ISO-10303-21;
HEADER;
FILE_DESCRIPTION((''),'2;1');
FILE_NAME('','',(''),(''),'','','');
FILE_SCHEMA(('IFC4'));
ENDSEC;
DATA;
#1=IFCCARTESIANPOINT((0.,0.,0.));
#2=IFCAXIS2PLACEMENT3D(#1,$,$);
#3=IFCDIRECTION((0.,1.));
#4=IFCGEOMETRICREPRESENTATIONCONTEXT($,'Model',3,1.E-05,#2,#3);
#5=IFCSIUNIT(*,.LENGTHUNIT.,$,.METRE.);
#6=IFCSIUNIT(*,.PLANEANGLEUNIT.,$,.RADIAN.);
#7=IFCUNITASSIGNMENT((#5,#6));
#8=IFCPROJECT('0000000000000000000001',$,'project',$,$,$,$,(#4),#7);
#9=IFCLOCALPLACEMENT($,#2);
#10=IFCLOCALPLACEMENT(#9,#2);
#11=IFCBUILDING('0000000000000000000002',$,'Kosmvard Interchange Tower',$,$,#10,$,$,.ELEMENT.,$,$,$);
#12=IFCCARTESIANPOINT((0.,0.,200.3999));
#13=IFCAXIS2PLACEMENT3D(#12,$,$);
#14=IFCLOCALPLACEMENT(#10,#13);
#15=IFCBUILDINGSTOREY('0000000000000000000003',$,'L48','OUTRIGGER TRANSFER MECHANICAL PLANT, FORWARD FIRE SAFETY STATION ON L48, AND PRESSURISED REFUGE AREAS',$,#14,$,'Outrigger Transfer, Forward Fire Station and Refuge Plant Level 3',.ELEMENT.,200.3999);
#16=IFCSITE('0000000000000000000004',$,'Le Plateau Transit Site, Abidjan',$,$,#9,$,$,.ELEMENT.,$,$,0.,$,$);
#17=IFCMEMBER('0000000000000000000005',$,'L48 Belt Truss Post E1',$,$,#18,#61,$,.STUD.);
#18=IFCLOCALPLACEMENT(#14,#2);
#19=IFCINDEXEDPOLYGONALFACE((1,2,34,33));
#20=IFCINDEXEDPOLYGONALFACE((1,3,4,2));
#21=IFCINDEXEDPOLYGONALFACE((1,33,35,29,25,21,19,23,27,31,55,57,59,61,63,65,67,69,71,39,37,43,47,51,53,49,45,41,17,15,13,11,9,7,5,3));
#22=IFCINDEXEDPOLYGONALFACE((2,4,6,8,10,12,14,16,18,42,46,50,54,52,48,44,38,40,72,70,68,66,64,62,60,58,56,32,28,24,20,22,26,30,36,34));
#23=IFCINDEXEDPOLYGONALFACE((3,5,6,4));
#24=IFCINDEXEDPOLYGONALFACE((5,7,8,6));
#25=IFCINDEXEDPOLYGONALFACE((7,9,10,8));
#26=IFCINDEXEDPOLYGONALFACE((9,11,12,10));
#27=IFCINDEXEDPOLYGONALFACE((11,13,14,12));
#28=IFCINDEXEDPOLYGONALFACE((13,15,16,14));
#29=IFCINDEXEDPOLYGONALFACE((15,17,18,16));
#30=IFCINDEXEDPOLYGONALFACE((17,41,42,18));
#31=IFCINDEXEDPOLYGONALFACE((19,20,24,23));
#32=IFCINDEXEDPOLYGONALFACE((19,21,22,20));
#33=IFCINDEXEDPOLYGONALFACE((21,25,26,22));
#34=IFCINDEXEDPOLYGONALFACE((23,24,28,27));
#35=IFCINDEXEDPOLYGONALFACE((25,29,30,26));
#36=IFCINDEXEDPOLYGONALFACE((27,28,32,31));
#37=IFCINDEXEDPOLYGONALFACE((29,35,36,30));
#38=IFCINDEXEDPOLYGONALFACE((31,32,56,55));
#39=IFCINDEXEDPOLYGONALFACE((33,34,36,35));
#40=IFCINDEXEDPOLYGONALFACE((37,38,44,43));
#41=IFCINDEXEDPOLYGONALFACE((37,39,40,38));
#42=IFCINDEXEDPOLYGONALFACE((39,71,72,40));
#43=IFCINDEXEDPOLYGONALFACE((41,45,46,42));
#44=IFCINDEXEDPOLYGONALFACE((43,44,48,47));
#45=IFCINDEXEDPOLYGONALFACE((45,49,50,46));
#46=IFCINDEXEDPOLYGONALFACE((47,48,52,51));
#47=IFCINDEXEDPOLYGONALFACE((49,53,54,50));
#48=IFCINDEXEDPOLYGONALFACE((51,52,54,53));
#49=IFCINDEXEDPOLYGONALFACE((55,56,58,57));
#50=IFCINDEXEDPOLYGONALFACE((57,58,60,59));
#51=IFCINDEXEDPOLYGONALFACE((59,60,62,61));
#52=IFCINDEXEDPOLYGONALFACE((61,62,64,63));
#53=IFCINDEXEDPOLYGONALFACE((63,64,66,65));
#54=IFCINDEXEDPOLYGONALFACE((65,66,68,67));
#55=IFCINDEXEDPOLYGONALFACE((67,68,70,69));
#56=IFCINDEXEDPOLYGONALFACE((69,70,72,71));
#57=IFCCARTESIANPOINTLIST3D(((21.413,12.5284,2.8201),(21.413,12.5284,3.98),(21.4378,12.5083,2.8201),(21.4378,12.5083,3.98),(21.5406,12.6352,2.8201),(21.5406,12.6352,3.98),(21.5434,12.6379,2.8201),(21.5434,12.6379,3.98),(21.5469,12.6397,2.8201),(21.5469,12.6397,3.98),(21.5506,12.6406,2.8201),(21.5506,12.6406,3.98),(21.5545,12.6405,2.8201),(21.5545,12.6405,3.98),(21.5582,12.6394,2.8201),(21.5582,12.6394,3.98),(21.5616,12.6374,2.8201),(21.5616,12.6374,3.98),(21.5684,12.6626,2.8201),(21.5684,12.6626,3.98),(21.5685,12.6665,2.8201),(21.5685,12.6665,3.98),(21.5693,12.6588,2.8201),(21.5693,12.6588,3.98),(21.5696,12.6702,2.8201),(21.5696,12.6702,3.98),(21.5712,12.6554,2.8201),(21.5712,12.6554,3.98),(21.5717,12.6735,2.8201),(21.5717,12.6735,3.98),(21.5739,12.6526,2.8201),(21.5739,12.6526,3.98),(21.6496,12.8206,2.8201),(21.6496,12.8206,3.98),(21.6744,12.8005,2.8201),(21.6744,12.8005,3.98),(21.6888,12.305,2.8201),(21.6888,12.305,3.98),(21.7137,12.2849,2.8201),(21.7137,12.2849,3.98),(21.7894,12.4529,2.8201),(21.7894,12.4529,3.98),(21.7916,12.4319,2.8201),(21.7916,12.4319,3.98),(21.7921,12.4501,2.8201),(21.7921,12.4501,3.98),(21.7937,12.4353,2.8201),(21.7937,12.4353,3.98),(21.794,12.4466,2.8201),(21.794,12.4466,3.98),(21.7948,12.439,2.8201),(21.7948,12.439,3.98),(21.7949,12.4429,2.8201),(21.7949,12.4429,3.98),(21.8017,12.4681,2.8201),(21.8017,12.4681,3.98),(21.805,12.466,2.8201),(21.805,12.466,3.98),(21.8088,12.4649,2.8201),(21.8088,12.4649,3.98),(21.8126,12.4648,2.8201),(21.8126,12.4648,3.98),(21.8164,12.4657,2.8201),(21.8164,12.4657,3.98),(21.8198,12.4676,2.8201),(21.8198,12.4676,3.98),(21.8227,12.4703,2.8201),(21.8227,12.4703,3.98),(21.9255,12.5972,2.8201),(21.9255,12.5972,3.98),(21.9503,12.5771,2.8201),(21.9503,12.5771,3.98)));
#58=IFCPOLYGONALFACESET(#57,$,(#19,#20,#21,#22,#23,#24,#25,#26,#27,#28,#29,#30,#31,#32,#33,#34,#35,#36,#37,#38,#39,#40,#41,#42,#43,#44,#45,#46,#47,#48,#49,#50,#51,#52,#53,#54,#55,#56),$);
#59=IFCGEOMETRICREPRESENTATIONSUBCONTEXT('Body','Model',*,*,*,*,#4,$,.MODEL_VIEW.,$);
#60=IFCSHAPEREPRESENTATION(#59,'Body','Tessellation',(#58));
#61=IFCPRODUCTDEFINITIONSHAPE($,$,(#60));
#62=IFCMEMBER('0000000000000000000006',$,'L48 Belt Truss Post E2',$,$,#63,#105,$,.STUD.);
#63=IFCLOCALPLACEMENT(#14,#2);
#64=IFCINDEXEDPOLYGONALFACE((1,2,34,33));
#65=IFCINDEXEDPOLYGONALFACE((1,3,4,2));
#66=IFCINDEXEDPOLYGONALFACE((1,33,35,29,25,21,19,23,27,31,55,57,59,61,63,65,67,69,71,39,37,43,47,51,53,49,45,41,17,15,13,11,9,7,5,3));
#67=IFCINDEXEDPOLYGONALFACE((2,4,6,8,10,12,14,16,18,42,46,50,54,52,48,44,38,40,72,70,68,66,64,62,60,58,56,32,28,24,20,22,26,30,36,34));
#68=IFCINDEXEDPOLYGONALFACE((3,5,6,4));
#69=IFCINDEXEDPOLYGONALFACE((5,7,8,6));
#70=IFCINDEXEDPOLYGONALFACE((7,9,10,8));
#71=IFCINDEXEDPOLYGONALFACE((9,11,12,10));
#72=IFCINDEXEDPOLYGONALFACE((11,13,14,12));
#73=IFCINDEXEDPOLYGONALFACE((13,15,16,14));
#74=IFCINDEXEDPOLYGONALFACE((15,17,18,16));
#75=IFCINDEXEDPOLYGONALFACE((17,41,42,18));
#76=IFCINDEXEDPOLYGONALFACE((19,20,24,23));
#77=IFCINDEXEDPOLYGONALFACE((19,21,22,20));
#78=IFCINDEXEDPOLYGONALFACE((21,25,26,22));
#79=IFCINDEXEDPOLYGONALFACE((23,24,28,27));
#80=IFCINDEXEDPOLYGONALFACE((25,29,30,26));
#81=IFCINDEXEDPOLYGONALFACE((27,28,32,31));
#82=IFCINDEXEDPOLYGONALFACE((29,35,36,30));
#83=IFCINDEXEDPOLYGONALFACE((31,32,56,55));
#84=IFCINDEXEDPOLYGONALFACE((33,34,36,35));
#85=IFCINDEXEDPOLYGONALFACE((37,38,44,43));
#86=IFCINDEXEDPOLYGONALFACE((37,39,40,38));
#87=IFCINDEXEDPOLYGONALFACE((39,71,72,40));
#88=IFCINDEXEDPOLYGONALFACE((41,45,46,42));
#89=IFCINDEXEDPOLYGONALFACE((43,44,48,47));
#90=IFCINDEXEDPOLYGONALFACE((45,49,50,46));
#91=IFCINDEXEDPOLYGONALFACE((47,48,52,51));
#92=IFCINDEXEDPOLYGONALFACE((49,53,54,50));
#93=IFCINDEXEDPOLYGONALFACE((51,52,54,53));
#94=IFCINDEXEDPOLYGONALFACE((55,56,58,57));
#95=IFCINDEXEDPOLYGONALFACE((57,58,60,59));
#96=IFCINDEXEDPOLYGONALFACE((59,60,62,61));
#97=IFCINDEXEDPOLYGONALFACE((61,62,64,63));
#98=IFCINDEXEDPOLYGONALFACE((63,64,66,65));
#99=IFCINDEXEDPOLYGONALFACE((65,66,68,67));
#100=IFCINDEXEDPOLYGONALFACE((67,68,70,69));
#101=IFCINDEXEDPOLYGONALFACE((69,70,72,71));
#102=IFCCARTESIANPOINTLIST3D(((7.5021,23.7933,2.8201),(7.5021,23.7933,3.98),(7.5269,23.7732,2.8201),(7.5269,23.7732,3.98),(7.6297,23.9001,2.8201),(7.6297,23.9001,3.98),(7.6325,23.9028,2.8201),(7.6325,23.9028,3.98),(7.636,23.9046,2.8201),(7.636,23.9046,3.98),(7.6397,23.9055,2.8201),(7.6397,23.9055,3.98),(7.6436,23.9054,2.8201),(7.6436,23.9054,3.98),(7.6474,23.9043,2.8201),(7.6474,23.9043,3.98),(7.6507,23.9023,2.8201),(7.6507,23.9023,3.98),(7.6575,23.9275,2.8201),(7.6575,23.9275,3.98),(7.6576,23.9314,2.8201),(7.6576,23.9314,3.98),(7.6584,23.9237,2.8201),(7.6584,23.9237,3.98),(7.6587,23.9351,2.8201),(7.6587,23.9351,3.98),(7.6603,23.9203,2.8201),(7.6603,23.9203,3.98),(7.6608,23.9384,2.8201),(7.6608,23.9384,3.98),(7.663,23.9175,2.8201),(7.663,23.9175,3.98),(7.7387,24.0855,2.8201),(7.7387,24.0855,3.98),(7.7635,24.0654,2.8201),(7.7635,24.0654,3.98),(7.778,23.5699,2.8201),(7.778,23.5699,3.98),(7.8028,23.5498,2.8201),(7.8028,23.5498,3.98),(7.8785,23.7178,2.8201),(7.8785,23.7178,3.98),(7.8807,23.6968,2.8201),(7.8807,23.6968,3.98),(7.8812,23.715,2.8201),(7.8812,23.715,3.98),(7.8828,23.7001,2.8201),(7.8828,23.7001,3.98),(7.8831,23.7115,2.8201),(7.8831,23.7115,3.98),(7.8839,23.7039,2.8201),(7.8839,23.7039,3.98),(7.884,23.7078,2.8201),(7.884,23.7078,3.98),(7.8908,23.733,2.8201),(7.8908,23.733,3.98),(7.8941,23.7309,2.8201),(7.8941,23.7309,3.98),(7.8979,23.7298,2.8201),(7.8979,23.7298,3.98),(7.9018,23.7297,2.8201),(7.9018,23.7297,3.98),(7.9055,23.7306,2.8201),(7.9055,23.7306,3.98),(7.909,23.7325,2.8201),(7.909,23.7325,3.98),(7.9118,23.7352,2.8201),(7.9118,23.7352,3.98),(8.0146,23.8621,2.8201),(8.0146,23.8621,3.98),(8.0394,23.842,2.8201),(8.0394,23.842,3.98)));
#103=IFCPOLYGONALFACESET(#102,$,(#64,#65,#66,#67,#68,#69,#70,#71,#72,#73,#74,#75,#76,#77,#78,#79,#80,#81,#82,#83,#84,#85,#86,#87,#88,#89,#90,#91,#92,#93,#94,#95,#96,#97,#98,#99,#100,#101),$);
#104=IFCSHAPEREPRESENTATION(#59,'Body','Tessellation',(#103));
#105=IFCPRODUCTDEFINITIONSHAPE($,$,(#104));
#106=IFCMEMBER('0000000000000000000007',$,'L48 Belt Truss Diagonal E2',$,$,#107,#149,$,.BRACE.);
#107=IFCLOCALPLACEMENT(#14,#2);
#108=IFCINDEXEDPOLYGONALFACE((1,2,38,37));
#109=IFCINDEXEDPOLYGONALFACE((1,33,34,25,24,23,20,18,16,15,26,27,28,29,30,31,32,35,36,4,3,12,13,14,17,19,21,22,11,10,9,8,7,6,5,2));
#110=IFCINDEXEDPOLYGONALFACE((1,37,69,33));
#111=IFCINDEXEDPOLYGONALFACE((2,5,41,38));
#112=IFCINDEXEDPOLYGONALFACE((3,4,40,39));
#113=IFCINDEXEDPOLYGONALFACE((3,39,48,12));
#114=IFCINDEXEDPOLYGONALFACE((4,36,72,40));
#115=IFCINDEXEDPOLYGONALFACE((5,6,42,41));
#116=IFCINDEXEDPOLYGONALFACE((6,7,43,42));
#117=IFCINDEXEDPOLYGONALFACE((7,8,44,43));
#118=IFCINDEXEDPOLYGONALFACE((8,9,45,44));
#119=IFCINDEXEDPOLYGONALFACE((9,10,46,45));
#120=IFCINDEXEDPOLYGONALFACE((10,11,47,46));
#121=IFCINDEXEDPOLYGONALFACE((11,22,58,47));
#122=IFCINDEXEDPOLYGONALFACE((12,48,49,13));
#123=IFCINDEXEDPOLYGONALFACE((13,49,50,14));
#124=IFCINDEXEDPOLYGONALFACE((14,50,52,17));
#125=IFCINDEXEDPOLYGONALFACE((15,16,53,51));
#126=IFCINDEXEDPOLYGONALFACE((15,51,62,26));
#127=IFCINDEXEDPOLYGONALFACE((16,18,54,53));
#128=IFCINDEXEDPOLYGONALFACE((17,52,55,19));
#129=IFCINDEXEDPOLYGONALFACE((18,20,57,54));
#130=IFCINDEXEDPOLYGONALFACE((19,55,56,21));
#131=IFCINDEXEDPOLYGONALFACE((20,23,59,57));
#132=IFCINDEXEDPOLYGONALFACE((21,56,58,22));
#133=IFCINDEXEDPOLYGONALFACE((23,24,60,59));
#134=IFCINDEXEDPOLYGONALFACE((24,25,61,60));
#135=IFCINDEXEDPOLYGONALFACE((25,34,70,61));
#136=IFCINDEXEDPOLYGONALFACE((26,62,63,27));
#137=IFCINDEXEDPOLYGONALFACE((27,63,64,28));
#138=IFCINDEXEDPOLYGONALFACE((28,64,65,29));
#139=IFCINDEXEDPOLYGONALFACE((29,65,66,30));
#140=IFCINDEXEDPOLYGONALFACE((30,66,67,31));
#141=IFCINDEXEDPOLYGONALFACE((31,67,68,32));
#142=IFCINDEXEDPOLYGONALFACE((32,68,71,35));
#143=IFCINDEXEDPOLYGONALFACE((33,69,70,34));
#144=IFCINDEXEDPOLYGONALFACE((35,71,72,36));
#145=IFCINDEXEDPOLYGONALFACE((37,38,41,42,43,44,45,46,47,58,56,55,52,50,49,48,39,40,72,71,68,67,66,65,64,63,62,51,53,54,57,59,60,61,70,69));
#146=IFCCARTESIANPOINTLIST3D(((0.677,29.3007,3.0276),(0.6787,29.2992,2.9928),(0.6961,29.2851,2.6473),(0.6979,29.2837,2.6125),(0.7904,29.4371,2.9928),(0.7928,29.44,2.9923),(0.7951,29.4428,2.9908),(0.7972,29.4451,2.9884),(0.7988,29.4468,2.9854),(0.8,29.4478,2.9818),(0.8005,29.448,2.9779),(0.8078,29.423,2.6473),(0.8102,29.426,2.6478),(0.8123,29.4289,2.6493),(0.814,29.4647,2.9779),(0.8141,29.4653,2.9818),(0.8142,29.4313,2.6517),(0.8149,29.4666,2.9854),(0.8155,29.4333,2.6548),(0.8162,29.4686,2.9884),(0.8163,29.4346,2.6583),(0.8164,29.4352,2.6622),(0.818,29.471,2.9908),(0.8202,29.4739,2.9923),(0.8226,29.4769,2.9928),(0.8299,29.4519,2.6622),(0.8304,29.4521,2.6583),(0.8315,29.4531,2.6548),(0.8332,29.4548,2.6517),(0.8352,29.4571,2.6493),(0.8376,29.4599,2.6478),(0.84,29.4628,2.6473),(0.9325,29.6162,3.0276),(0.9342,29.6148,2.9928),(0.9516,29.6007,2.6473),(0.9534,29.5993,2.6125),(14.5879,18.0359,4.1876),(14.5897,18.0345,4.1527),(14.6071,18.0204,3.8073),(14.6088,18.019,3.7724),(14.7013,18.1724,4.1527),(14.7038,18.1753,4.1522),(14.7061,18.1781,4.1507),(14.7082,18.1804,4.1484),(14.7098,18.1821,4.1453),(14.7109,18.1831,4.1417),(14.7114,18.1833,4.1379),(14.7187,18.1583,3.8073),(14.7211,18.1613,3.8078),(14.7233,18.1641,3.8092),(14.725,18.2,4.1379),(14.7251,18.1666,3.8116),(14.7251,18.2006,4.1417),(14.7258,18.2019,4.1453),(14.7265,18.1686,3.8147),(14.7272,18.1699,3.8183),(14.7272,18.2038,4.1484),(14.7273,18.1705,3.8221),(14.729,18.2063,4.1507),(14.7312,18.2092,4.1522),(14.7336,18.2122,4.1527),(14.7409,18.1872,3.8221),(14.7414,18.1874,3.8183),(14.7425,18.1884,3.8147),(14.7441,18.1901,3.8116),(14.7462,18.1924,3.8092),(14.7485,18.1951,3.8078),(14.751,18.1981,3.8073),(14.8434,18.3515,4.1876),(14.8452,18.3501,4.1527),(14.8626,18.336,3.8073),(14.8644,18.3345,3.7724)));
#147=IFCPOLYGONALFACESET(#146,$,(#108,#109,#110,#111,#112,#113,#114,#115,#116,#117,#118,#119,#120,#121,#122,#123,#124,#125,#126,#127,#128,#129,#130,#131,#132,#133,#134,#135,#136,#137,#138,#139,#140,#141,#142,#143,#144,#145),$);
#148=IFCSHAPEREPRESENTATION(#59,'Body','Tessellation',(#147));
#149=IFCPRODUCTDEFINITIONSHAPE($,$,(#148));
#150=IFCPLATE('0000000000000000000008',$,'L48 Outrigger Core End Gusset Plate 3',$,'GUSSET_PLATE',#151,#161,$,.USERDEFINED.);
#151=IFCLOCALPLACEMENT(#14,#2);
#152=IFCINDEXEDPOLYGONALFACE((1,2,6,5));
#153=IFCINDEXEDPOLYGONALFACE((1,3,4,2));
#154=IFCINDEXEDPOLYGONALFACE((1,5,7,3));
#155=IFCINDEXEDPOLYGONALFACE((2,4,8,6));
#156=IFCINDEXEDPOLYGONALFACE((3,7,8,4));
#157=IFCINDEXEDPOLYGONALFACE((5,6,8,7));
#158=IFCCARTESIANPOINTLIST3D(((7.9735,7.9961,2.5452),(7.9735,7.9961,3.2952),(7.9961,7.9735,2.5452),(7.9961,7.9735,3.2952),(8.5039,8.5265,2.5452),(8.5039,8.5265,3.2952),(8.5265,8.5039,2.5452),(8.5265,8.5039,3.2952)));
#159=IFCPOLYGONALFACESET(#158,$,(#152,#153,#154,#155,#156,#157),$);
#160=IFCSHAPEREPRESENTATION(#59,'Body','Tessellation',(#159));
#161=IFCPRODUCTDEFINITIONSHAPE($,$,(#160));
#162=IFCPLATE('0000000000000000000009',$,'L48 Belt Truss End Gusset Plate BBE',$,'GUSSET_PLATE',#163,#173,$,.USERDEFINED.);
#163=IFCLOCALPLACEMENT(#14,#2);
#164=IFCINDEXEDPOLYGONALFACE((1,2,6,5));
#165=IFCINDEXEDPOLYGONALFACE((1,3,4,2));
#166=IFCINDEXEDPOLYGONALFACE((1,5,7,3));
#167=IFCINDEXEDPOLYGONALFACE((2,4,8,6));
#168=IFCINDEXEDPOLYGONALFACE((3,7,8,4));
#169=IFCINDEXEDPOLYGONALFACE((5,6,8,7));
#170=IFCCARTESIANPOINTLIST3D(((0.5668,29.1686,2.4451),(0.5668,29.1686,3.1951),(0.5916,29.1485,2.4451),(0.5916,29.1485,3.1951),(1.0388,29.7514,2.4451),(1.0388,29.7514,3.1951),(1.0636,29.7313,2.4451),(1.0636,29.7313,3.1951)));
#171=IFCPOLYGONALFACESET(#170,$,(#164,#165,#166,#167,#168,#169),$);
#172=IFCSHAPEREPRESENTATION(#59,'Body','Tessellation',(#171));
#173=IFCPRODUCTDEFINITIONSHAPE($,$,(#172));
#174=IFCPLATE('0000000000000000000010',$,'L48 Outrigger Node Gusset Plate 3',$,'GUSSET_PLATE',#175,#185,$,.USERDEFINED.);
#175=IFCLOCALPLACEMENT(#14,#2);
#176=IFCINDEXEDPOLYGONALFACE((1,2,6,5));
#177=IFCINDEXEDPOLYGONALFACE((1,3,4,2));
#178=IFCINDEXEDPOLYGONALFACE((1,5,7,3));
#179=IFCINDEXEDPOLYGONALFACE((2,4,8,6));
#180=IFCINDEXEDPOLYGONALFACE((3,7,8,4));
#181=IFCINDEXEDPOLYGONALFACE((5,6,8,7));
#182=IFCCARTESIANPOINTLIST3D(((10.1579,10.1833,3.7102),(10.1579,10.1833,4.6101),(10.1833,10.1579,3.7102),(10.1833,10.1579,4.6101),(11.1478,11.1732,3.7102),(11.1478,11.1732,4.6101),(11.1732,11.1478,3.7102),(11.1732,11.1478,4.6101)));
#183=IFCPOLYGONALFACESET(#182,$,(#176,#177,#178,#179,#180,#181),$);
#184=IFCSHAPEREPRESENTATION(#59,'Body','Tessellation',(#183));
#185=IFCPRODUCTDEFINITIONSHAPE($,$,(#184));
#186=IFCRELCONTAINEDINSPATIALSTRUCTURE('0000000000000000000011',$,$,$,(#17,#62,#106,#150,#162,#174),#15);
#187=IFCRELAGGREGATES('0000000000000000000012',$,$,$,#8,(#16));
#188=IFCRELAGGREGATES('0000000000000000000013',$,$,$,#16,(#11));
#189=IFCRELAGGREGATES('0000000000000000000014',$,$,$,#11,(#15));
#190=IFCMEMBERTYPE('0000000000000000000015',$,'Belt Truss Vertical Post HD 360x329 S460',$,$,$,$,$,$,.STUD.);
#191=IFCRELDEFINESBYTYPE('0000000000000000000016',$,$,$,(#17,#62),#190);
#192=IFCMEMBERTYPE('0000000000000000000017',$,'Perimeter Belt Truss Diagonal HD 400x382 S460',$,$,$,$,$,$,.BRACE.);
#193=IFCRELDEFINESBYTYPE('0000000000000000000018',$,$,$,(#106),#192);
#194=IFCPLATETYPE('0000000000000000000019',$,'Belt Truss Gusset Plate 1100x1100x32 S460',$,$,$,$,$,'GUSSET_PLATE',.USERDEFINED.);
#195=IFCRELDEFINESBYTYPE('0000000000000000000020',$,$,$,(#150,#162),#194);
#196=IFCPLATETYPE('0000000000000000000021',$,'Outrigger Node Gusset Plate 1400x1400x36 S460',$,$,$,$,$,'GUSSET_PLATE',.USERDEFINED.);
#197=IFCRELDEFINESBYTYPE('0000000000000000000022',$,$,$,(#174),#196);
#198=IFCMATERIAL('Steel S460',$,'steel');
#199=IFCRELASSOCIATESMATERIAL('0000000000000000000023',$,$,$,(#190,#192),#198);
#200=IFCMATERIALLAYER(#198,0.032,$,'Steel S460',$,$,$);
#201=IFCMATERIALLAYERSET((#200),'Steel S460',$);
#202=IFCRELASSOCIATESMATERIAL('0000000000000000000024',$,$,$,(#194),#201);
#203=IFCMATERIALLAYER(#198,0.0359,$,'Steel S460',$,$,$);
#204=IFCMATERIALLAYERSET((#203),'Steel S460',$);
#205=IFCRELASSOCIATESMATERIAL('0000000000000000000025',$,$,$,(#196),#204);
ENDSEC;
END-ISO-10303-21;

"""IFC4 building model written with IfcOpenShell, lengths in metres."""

from ifc_helpers import new_model, si_unit, direction, frame, origin, origin_2d, place, context, subcontext, project, spatial, rectangle, i_section, extrude, source, transform, mapped, material, layer, layer_set, material_profile, profile_set, type_object, element, save


model = new_model("IFC4")

# Units and contexts
model_context = context("Model", 3, precision=1e-05, world=origin(), true_north=direction((0.0, 1.0)))
body_context = subcontext(model_context, "Body", "Model", "MODEL_VIEW")
ifc_project = project(units=[si_unit("LENGTHUNIT", "METRE"), si_unit("PLANEANGLEUNIT", "RADIAN")], contexts=[model_context])

# Site, building, storey
site_placement = place(None, origin())
site = spatial("IfcSite", under=ifc_project, at=site_placement, Name="Le Plateau Transit Site, Abidjan", CompositionType="ELEMENT", RefElevation=0.0)
building_placement = place(site_placement, origin())
building = spatial("IfcBuilding", under=site, at=building_placement, Name="Kosmvard Interchange Tower", CompositionType="ELEMENT")
storey_placement = place(building_placement, frame((0.0, 0.0, 200.3999)))
storey = spatial("IfcBuildingStorey", under=building, at=storey_placement, Name="L48", Description="OUTRIGGER TRANSFER MECHANICAL PLANT, FORWARD FIRE SAFETY STATION ON L48, AND PRESSURISED REFUGE AREAS", LongName="Outrigger Transfer, Forward Fire Station and Refuge Plant Level 3", CompositionType="ELEMENT", Elevation=200.3999)

# Shared definitions
ifc_material_1 = material(Name="Steel S460", Category="steel")

# Members
ifc_material_profile_1 = material_profile(ifc_material_1, i_section(OverallWidth=0.376, OverallDepth=0.387, WebThickness=0.0195, FlangeThickness=0.032, FilletRadius=0.0149, at=origin_2d()), Name="HD 360x329")
ifc_profile_set_1 = profile_set([ifc_material_profile_1], Name="Steel S460")
member_type_1 = type_object("IfcMemberType", Name="Belt Truss Vertical Post HD 360x329 S460", PredefinedType="STUD", material=ifc_profile_set_1)
shared_shape_1 = source(origin(), body_context, "Body", "SweptSolid", [
    extrude(i_section(OverallWidth=0.376, OverallDepth=0.387, WebThickness=0.0195, FlangeThickness=0.032, FilletRadius=0.0149, at=origin_2d()), origin(), (0.0, 0.0, 1.0), 1.1599),
])
for number, where, z_axis, x_axis, name in (
    (1, (21.6816, 12.5527, 2.8201), (0.0, 0.0, 1.0), (0.62932, 0.777146, 0.0), "L48 Belt Truss Post E1"),
    (2, (7.7708, 23.8176, 2.8201), (0.0, 0.0, 1.0), (0.62932, 0.777146, 0.0), "L48 Belt Truss Post E2"),
):
    element("IfcMember", number, at=place(storey_placement, frame(where, z_axis=z_axis, x_axis=x_axis)), inside=storey, type_object=member_type_1, Name=name, PredefinedType="STUD", context=body_context, shape_type="MappedRepresentation", body=[
        mapped(shared_shape_1, transform((0.0, 0.0, 0.0), scale=1.0)),
    ])
ifc_material_profile_2 = material_profile(ifc_material_1, i_section(OverallWidth=0.406, OverallDepth=0.416, WebThickness=0.0215, FlangeThickness=0.0349, FilletRadius=0.0149, at=origin_2d()), Name="HD 400x382")
ifc_profile_set_2 = profile_set([ifc_material_profile_2], Name="Steel S460")
member_type_2 = type_object("IfcMemberType", Name="Perimeter Belt Truss Diagonal HD 400x382 S460", PredefinedType="BRACE", material=ifc_profile_set_2)
shared_shape_2 = source(origin(), body_context, "Body", "SweptSolid", [
    extrude(i_section(OverallWidth=0.406, OverallDepth=0.416, WebThickness=0.0215, FlangeThickness=0.0349, FilletRadius=0.0149, at=origin_2d()), origin(), (0.0, 0.0, 1.0), 17.9375),
])
member_1_placement = place(storey_placement, frame((0.8152, 29.45, 2.8201), z_axis=(0.775524, -0.627998, 0.064664), x_axis=(0.629315, 0.777151, 0.0)))
element("IfcMember", 3, at=member_1_placement, inside=storey, type_object=member_type_2, Name="L48 Belt Truss Diagonal E2", PredefinedType="BRACE", context=body_context, shape_type="MappedRepresentation", body=[
    mapped(shared_shape_2, transform((0.0, 0.0, 0.0), scale=1.0)),
])

# Plates
ifc_layer_1 = layer(ifc_material_1, 0.032, Name="Steel S460")
ifc_layer_set_1 = layer_set([ifc_layer_1], Name="Steel S460")
plate_type_1 = type_object("IfcPlateType", Name="Belt Truss Gusset Plate 1100x1100x32 S460", ElementType="GUSSET_PLATE", PredefinedType="USERDEFINED", material=ifc_layer_set_1)
shared_shape_3 = source(origin(), body_context, "Body", "SweptSolid", [
    extrude(rectangle(XDim=0.75, YDim=0.032, at=origin_2d()), origin(), (0.0, 0.0, 1.0), 0.75),
])
for number, where, z_axis, x_axis, name in (
    (4, (8.25, 8.25, 2.5452), (0.0, 0.0, 1.0), (0.707107, 0.707107, 0.0), "L48 Outrigger Core End Gusset Plate 3"),
    (5, (0.8152, 29.45, 2.4451), (0.0, 0.0, 1.0), (0.62932, 0.777146, 0.0), "L48 Belt Truss End Gusset Plate BBE"),
):
    element("IfcPlate", number, at=place(storey_placement, frame(where, z_axis=z_axis, x_axis=x_axis)), inside=storey, type_object=plate_type_1, Name=name, ObjectType="GUSSET_PLATE", PredefinedType="USERDEFINED", context=body_context, shape_type="MappedRepresentation", body=[
        mapped(shared_shape_3, transform((0.0, 0.0, 0.0), scale=1.0)),
    ])
ifc_layer_2 = layer(ifc_material_1, 0.0359, Name="Steel S460")
ifc_layer_set_2 = layer_set([ifc_layer_2], Name="Steel S460")
plate_type_2 = type_object("IfcPlateType", Name="Outrigger Node Gusset Plate 1400x1400x36 S460", ElementType="GUSSET_PLATE", PredefinedType="USERDEFINED", material=ifc_layer_set_2)
shared_shape_4 = source(origin(), body_context, "Body", "SweptSolid", [
    extrude(rectangle(XDim=1.3999, YDim=0.0359, at=origin_2d()), origin(), (0.0, 0.0, 1.0), 0.8999),
])
plate_1_placement = place(storey_placement, frame((10.6655, 10.6655, 3.7102), z_axis=(0.0, 0.0, 1.0), x_axis=(0.707107, 0.707107, 0.0)))
element("IfcPlate", 6, at=plate_1_placement, inside=storey, type_object=plate_type_2, Name="L48 Outrigger Node Gusset Plate 3", ObjectType="GUSSET_PLATE", PredefinedType="USERDEFINED", context=body_context, shape_type="MappedRepresentation", body=[
    mapped(shared_shape_4, transform((0.0, 0.0, 0.0), scale=1.0)),
])

save(model, "model.ifc")
